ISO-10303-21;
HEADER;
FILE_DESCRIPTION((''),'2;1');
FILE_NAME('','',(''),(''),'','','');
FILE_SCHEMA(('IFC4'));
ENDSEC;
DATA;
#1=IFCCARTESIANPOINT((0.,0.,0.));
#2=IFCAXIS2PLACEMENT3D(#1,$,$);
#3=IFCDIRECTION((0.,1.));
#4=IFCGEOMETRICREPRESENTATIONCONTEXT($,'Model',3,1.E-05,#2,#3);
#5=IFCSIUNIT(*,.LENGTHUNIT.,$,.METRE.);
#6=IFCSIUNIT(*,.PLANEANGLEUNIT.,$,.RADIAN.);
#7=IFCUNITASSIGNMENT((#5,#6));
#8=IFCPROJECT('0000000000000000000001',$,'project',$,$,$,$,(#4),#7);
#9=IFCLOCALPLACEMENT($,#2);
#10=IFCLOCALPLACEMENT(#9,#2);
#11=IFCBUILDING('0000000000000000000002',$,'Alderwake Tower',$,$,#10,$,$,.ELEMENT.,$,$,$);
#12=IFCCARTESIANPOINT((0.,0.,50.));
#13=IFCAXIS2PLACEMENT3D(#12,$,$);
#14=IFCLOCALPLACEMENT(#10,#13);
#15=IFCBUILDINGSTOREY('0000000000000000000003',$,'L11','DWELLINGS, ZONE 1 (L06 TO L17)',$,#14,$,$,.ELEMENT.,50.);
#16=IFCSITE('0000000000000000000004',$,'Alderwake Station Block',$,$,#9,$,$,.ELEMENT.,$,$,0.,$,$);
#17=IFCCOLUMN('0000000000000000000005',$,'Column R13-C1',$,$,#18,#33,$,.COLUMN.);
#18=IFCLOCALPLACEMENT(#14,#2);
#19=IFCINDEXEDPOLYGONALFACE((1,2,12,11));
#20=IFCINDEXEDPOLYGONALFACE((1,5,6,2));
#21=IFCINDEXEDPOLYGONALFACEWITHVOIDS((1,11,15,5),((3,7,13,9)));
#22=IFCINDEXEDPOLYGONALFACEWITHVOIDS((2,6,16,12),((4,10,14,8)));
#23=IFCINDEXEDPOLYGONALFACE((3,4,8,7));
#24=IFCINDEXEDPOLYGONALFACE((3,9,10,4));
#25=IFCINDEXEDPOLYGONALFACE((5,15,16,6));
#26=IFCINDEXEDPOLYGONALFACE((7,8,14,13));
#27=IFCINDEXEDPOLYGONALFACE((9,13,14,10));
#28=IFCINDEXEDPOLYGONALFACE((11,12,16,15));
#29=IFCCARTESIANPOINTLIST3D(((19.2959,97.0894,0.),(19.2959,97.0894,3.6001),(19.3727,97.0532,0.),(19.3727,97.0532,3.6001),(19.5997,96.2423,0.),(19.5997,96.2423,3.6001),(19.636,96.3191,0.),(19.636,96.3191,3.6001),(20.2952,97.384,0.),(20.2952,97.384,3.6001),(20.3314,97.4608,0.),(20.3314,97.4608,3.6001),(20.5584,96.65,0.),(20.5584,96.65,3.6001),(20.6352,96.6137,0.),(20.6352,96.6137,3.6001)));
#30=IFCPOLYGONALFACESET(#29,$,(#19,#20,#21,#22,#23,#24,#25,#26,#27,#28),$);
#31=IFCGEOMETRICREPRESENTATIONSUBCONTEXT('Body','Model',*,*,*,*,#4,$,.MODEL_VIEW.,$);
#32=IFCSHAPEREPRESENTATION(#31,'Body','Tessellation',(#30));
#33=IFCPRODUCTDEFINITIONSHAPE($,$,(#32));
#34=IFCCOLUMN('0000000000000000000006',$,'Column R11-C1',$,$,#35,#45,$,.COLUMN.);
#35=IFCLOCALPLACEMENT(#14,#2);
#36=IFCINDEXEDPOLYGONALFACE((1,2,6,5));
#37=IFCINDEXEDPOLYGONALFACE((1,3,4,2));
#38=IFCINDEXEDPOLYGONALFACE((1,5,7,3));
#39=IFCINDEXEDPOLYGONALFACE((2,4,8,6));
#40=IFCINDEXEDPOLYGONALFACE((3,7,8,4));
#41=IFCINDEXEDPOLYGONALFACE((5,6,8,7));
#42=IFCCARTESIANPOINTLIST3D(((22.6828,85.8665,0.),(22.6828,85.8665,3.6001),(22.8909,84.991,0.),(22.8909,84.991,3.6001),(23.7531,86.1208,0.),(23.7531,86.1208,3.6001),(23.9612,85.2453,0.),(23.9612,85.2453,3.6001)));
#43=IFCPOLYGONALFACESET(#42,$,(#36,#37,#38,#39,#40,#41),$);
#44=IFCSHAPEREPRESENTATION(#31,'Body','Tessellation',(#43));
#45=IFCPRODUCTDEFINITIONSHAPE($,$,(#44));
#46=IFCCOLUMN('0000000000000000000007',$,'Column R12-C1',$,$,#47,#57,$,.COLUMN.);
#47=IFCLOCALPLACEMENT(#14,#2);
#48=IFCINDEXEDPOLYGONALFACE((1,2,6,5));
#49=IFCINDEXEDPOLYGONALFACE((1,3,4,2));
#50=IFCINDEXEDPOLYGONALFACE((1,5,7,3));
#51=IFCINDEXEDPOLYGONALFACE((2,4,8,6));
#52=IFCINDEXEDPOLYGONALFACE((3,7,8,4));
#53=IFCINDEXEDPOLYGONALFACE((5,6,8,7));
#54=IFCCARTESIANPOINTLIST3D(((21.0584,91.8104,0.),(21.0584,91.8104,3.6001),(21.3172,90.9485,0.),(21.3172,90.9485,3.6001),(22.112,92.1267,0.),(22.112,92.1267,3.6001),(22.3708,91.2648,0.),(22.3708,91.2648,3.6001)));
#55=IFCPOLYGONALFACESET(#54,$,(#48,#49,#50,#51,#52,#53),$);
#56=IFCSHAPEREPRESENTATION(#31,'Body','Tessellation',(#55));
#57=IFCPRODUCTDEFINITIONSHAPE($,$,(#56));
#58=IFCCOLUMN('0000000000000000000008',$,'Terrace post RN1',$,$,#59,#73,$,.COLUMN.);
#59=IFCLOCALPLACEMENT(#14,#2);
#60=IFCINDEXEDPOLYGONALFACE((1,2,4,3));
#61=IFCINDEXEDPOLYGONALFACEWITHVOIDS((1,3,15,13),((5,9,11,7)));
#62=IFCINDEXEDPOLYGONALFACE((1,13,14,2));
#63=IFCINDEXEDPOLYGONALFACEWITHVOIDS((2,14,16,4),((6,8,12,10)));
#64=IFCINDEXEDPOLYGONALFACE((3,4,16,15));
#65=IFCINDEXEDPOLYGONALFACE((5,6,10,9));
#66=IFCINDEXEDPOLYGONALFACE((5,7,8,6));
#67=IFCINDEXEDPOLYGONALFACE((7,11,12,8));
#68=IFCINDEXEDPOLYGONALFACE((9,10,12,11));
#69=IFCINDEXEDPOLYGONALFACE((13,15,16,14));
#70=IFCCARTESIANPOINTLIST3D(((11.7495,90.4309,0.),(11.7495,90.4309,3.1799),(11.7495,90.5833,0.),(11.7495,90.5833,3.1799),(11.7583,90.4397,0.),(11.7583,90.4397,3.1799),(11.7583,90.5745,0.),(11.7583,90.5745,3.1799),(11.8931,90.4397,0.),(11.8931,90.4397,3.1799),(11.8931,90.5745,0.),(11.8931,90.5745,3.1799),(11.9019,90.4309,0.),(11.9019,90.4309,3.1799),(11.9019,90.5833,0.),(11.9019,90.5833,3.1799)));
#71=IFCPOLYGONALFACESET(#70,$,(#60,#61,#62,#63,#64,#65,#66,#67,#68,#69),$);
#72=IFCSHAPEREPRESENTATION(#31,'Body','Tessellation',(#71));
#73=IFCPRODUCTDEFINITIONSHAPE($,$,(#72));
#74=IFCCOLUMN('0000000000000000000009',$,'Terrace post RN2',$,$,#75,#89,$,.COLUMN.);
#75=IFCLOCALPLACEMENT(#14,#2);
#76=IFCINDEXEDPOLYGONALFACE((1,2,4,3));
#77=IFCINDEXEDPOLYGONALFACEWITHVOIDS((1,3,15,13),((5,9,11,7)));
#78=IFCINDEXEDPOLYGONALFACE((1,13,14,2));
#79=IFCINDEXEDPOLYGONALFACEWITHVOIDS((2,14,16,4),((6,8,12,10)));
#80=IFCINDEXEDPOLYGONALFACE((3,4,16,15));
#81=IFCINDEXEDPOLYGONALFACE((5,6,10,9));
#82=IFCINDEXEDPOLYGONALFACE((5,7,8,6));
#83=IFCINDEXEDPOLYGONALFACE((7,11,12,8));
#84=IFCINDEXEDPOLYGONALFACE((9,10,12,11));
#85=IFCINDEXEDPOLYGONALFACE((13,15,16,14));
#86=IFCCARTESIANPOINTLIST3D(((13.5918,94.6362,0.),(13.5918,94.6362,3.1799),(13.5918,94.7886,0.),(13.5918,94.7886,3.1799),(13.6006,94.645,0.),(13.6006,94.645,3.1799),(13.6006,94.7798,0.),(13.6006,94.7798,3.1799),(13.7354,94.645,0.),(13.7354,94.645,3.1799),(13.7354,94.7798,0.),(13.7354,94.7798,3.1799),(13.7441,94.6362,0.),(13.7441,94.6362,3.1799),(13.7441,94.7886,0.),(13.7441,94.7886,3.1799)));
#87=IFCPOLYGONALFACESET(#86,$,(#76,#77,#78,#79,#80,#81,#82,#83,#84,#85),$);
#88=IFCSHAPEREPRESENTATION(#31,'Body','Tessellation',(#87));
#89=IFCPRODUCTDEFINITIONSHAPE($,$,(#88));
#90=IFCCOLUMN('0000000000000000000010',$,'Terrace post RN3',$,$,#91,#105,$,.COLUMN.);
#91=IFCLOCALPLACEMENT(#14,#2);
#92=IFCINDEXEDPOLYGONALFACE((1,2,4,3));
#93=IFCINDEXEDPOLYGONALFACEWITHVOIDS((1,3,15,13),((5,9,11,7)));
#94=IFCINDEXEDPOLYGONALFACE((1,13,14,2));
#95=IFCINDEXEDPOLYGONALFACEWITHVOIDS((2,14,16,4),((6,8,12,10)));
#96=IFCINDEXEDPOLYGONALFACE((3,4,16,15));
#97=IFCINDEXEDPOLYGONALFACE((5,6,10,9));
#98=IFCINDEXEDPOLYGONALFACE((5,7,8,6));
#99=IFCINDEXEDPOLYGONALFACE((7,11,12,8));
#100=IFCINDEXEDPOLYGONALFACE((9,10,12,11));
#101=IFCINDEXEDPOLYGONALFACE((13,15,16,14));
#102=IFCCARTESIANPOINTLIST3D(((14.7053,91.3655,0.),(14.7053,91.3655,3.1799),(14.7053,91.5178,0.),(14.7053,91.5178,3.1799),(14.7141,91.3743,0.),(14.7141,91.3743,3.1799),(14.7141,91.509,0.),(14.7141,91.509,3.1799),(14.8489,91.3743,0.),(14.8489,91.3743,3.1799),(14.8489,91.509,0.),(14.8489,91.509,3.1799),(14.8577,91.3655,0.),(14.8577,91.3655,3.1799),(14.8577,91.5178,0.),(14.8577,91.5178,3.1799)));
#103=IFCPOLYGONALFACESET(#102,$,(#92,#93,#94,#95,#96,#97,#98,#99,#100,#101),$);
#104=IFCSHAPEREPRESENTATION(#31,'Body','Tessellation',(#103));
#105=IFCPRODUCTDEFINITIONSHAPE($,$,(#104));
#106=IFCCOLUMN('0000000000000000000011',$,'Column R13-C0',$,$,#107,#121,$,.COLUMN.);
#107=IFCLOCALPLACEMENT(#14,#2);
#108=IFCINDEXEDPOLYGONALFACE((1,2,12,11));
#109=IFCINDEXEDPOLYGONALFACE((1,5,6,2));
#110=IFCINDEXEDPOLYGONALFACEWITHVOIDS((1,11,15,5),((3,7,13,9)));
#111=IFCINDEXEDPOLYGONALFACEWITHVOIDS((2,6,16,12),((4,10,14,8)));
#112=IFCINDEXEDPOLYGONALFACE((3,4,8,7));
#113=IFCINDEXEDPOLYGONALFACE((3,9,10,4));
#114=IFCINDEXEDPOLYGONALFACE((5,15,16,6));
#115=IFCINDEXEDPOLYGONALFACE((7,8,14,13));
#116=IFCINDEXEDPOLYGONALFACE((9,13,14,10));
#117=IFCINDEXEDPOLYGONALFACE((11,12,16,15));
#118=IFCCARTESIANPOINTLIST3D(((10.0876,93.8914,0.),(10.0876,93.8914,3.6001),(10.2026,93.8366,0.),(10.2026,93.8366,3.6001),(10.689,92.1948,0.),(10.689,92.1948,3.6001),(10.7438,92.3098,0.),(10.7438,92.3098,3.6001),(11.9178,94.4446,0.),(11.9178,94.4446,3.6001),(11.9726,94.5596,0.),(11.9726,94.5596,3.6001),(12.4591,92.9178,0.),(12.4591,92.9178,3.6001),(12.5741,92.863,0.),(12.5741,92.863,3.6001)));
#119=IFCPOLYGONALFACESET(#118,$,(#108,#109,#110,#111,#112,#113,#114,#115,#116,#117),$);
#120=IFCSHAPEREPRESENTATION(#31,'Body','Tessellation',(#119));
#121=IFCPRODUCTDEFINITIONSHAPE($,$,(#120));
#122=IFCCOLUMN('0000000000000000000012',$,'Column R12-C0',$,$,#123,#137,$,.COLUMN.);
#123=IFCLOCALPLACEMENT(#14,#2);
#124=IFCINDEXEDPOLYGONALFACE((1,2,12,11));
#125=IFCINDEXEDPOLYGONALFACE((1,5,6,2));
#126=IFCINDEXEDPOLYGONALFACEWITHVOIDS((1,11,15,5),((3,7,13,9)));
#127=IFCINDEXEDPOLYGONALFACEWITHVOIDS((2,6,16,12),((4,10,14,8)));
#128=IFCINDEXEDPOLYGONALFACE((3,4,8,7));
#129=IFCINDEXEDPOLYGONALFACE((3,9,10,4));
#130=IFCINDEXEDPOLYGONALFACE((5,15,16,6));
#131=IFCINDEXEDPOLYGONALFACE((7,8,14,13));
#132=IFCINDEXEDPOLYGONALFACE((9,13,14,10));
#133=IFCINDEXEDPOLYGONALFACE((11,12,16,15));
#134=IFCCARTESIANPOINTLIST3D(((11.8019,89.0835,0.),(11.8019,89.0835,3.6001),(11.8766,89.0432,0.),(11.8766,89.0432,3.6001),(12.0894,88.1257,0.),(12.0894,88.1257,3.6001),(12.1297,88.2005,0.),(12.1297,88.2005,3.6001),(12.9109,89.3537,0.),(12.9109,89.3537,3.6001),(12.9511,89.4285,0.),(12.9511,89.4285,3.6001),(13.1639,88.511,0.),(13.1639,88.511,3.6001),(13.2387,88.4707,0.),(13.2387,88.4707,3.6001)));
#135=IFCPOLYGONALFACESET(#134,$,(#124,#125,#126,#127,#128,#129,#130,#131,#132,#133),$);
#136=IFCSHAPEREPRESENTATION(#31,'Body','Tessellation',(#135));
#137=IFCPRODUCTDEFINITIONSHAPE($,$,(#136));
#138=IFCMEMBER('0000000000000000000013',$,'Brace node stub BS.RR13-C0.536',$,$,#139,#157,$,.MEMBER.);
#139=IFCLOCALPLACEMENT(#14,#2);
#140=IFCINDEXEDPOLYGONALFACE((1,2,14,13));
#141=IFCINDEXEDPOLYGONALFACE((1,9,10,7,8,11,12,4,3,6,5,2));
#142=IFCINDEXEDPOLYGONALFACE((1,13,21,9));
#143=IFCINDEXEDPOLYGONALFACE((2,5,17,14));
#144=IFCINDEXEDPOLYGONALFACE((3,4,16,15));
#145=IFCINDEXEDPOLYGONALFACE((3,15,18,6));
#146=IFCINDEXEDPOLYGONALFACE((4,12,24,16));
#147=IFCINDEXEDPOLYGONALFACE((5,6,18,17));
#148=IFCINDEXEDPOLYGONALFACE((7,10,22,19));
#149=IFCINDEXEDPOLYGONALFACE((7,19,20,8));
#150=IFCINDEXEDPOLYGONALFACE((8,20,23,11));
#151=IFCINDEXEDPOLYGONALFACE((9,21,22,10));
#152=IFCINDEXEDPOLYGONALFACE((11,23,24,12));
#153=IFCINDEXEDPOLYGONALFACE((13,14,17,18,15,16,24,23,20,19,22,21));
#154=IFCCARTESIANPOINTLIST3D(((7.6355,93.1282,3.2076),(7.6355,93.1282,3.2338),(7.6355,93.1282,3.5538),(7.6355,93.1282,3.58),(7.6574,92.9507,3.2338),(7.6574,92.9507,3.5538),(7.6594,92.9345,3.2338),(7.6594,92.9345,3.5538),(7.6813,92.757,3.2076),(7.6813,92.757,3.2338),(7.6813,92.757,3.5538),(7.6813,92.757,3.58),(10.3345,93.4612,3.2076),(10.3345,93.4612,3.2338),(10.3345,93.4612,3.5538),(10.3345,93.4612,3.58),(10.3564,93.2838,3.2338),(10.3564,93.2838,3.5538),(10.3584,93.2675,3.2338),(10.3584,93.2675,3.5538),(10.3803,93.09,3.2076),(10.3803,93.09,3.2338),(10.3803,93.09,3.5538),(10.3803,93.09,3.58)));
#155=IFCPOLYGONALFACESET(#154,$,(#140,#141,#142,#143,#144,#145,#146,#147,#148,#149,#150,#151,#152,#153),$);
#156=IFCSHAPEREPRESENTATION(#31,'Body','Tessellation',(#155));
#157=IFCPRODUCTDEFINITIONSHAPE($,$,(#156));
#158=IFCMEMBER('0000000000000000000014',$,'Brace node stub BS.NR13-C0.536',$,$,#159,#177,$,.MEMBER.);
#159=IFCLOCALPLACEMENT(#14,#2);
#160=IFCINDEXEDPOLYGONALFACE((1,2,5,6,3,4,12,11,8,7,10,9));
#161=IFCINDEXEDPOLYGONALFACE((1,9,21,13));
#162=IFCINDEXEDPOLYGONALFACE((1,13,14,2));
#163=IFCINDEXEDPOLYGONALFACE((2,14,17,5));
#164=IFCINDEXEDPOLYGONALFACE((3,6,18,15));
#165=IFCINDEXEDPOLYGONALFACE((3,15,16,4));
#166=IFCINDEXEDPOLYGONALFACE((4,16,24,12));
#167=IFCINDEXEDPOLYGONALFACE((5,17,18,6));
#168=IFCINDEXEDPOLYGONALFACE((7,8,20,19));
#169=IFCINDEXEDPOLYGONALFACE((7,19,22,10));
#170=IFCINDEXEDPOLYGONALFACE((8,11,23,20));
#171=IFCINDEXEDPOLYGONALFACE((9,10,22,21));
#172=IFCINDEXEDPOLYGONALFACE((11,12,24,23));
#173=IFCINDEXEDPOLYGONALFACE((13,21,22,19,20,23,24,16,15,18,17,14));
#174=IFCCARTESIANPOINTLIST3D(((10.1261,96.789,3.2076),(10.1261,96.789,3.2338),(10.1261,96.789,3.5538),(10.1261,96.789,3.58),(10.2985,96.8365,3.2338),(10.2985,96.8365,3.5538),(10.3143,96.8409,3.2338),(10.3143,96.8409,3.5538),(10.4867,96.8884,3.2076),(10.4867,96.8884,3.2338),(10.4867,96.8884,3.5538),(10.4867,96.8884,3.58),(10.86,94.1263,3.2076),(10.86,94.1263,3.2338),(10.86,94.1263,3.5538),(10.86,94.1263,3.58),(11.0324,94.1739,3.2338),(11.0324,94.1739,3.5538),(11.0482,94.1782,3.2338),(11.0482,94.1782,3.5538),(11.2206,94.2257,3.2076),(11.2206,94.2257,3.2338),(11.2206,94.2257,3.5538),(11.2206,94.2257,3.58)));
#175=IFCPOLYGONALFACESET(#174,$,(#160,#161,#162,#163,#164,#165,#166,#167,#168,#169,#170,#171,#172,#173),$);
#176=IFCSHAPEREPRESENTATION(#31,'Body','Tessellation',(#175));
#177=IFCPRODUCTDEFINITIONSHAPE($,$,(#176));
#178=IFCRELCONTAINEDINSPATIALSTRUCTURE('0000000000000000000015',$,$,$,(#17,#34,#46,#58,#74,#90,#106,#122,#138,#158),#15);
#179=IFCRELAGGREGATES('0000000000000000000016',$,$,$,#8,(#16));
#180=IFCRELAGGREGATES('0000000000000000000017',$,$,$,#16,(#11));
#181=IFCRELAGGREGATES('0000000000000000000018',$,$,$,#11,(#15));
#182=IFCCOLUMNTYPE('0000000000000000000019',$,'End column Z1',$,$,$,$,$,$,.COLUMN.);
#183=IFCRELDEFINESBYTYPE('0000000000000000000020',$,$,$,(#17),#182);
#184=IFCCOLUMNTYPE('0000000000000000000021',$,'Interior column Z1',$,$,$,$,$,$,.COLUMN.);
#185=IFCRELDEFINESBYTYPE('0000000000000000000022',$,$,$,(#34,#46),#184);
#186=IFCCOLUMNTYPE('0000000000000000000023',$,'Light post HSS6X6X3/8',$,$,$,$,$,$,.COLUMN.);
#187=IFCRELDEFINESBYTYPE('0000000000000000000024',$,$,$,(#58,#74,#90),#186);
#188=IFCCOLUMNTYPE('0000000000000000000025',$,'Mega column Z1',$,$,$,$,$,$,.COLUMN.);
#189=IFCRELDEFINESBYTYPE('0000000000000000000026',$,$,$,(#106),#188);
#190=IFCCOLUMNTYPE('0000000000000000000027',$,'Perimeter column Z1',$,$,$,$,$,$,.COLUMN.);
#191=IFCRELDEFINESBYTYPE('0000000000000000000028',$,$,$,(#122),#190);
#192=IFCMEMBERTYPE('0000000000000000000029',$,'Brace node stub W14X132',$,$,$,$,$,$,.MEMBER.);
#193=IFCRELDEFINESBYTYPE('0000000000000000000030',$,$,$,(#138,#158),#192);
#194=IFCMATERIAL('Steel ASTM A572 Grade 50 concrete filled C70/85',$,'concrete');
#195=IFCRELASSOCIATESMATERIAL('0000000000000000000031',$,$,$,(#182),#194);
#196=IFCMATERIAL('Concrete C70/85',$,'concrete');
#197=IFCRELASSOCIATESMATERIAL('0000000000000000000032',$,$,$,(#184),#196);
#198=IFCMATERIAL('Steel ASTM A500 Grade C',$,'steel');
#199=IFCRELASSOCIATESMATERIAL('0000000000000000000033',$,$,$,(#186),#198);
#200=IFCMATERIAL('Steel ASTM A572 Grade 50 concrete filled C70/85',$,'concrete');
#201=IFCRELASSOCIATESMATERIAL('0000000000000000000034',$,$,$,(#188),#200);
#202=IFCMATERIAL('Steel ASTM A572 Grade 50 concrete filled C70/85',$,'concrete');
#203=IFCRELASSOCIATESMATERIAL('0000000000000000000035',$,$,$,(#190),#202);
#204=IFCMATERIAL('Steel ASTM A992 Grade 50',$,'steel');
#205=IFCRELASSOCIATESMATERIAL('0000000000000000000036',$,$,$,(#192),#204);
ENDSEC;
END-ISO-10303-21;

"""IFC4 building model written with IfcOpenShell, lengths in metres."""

from ifc_helpers import new_model, si_unit, direction, frame, origin, origin_2d, place, context, subcontext, project, spatial, rectangle, hollow_rectangle, i_section, extrude, material, material_profile, profile_set, type_object, element, save


model = new_model("IFC4")

# Units and contexts
model_context = context("Model", 3, precision=1e-05, world=origin(), true_north=direction((0.0, 1.0)))
body_context = subcontext(model_context, "Body", "Model", "MODEL_VIEW")
ifc_project = project(units=[si_unit("LENGTHUNIT", "METRE"), si_unit("PLANEANGLEUNIT", "RADIAN")], contexts=[model_context])

# Site, building, storey
site_placement = place(None, origin())
site = spatial("IfcSite", under=ifc_project, at=site_placement, Name="Alderwake Station Block", CompositionType="ELEMENT", RefElevation=0.0)
building_placement = place(site_placement, origin())
building = spatial("IfcBuilding", under=site, at=building_placement, Name="Alderwake Tower", CompositionType="ELEMENT")
storey_placement = place(building_placement, frame((0.0, 0.0, 50.0)))
storey = spatial("IfcBuildingStorey", under=building, at=storey_placement, Name="L11", Description="DWELLINGS, ZONE 1 (L06 TO L17)", CompositionType="ELEMENT", Elevation=50.0)

# Columns
ifc_material_1 = material(Name="Steel ASTM A572 Grade 50 concrete filled C70/85", Category="concrete")
ifc_material_profile_1 = material_profile(ifc_material_1, hollow_rectangle(XDim=0.8999, YDim=1.1001, WallThickness=0.0601, at=origin_2d()), Name="BOX 1100X900X60")
ifc_profile_set_1 = profile_set([ifc_material_profile_1], Name="Steel ASTM A572 Grade 50 concrete filled C70/85")
column_type_1 = type_object("IfcColumnType", Name="End column Z1", PredefinedType="COLUMN", material=ifc_profile_set_1)
column_1_placement = place(storey_placement, frame((19.9656, 96.8516, 0.0), z_axis=(0.0, 0.0, 1.0), x_axis=(-0.337585, 0.941295, 0.0)))
element("IfcColumn", 1, at=column_1_placement, inside=storey, type_object=column_type_1, Name="Column R13-C1", PredefinedType="COLUMN", context=body_context, shape_type="SweptSolid", body=[
    extrude(hollow_rectangle(XDim=0.8999, YDim=1.1001, WallThickness=0.0601, at=origin_2d()), origin(), (0.0, 0.0, 1.0), 3.6001),
])
ifc_material_2 = material(Name="Concrete C70/85", Category="concrete")
ifc_material_profile_2 = material_profile(ifc_material_2, rectangle(XDim=0.8999, YDim=1.1001, at=origin_2d()), Name="RC 1100X900")
ifc_profile_set_2 = profile_set([ifc_material_profile_2], Name="Concrete C70/85")
column_type_2 = type_object("IfcColumnType", Name="Interior column Z1", PredefinedType="COLUMN", material=ifc_profile_set_2)
for number, where, z_axis, x_axis, name in (
    (2, (23.322, 85.5559, 0.0), (0.0, 0.0, 1.0), (-0.231222, 0.972901, 0.0), "Column R11-C1"),
    (3, (21.7146, 91.5376, 0.0), (0.0, 0.0, 1.0), (-0.287549, 0.957766, 0.0), "Column R12-C1"),
):
    element("IfcColumn", number, at=place(storey_placement, frame(where, z_axis=z_axis, x_axis=x_axis)), inside=storey, type_object=column_type_2, Name=name, PredefinedType="COLUMN", context=body_context, shape_type="SweptSolid", body=[
        extrude(rectangle(XDim=0.8999, YDim=1.1001, at=origin_2d()), origin(), (0.0, 0.0, 1.0), 3.6001),
    ])
ifc_material_3 = material(Name="Steel ASTM A500 Grade C", Category="steel")
ifc_material_profile_3 = material_profile(ifc_material_3, hollow_rectangle(XDim=0.1523, YDim=0.1523, WallThickness=0.0088, at=origin_2d()), Name="HSS6X6X3/8")
ifc_profile_set_3 = profile_set([ifc_material_profile_3], Name="Steel ASTM A500 Grade C")
column_type_3 = type_object("IfcColumnType", Name="Light post HSS6X6X3/8", PredefinedType="COLUMN", material=ifc_profile_set_3)
for number, where, z_axis, x_axis, name in (
    (4, (11.8257, 90.5071, 0.0), (0.0, 0.0, 1.0), (1.0, 0.0, 0.0), "Terrace post RN1"),
    (5, (13.668, 94.7124, 0.0), (0.0, 0.0, 1.0), (1.0, 0.0, 0.0), "Terrace post RN2"),
    (6, (14.7815, 91.4417, 0.0), (0.0, 0.0, 1.0), (1.0, 0.0, 0.0), "Terrace post RN3"),
):
    element("IfcColumn", number, at=place(storey_placement, frame(where, z_axis=z_axis, x_axis=x_axis)), inside=storey, type_object=column_type_3, Name=name, PredefinedType="COLUMN", context=body_context, shape_type="SweptSolid", body=[
        extrude(hollow_rectangle(XDim=0.1523, YDim=0.1523, WallThickness=0.0088, at=origin_2d()), origin(), (0.0, 0.0, 1.0), 3.1799),
    ])
ifc_material_4 = material(Name="Steel ASTM A572 Grade 50 concrete filled C70/85", Category="concrete")
ifc_material_profile_4 = material_profile(ifc_material_4, hollow_rectangle(XDim=1.8, YDim=2.0, WallThickness=0.0901, at=origin_2d()), Name="BOX 2000X1800X90")
ifc_profile_set_4 = profile_set([ifc_material_profile_4], Name="Steel ASTM A572 Grade 50 concrete filled C70/85")
column_type_4 = type_object("IfcColumnType", Name="Mega column Z1", PredefinedType="COLUMN", material=ifc_profile_set_4)
column_2_placement = place(storey_placement, frame((11.3308, 93.3772, 0.0), z_axis=(0.0, 0.0, 1.0), x_axis=(-0.334131, 0.942527, 0.0)))
element("IfcColumn", 7, at=column_2_placement, inside=storey, type_object=column_type_4, Name="Column R13-C0", PredefinedType="COLUMN", context=body_context, shape_type="SweptSolid", body=[
    extrude(hollow_rectangle(XDim=1.8, YDim=2.0, WallThickness=0.0901, at=origin_2d()), origin(), (0.0, 0.0, 1.0), 3.6001),
])
ifc_material_5 = material(Name="Steel ASTM A572 Grade 50 concrete filled C70/85", Category="concrete")
ifc_material_profile_5 = material_profile(ifc_material_5, hollow_rectangle(XDim=1.0, YDim=1.2, WallThickness=0.0601, at=origin_2d()), Name="BOX 1200X1000X60")
ifc_profile_set_5 = profile_set([ifc_material_profile_5], Name="Steel ASTM A572 Grade 50 concrete filled C70/85")
column_type_5 = type_object("IfcColumnType", Name="Perimeter column Z1", PredefinedType="COLUMN", material=ifc_profile_set_5)
column_3_placement = place(storey_placement, frame((12.5203, 88.7771, 0.0), z_axis=(0.0, 0.0, 1.0), x_axis=(-0.287549, 0.957766, 0.0)))
element("IfcColumn", 8, at=column_3_placement, inside=storey, type_object=column_type_5, Name="Column R12-C0", PredefinedType="COLUMN", context=body_context, shape_type="SweptSolid", body=[
    extrude(hollow_rectangle(XDim=1.0, YDim=1.2, WallThickness=0.0601, at=origin_2d()), origin(), (0.0, 0.0, 1.0), 3.6001),
])

# Members
ifc_material_6 = material(Name="Steel ASTM A992 Grade 50", Category="steel")
ifc_material_profile_6 = material_profile(ifc_material_6, i_section(OverallWidth=0.374, OverallDepth=0.3723, WebThickness=0.0164, FlangeThickness=0.0261, at=origin_2d()), Name="W14X132")
ifc_profile_set_6 = profile_set([ifc_material_profile_6], Name="Steel ASTM A992 Grade 50")
member_type = type_object("IfcMemberType", Name="Brace node stub W14X132", PredefinedType="MEMBER", material=ifc_profile_set_6)
member_1_placement = place(storey_placement, frame((10.3574, 93.2756, 3.3938), z_axis=(-0.992474, -0.122455, 0.0), x_axis=(0.122455, -0.992474, 0.0)))
element("IfcMember", 9, at=member_1_placement, inside=storey, type_object=member_type, Name="Brace node stub BS.RR13-C0.536", PredefinedType="MEMBER", context=body_context, shape_type="SweptSolid", body=[
    extrude(i_section(OverallWidth=0.374, OverallDepth=0.3723, WebThickness=0.0164, FlangeThickness=0.0261, at=origin_2d()), origin(), (0.0, 0.0, 1.0), 2.7195),
])
member_2_placement = place(storey_placement, frame((11.0403, 94.176, 3.3938), z_axis=(-0.265719, 0.96405, 0.0), x_axis=(-0.96405, -0.265719, 0.0)))
element("IfcMember", 10, at=member_2_placement, inside=storey, type_object=member_type, Name="Brace node stub BS.NR13-C0.536", PredefinedType="MEMBER", context=body_context, shape_type="SweptSolid", body=[
    extrude(i_section(OverallWidth=0.374, OverallDepth=0.3723, WebThickness=0.0164, FlangeThickness=0.0261, at=origin_2d()), origin(), (0.0, 0.0, 1.0), 2.762),
])

save(model, "model.ifc")
